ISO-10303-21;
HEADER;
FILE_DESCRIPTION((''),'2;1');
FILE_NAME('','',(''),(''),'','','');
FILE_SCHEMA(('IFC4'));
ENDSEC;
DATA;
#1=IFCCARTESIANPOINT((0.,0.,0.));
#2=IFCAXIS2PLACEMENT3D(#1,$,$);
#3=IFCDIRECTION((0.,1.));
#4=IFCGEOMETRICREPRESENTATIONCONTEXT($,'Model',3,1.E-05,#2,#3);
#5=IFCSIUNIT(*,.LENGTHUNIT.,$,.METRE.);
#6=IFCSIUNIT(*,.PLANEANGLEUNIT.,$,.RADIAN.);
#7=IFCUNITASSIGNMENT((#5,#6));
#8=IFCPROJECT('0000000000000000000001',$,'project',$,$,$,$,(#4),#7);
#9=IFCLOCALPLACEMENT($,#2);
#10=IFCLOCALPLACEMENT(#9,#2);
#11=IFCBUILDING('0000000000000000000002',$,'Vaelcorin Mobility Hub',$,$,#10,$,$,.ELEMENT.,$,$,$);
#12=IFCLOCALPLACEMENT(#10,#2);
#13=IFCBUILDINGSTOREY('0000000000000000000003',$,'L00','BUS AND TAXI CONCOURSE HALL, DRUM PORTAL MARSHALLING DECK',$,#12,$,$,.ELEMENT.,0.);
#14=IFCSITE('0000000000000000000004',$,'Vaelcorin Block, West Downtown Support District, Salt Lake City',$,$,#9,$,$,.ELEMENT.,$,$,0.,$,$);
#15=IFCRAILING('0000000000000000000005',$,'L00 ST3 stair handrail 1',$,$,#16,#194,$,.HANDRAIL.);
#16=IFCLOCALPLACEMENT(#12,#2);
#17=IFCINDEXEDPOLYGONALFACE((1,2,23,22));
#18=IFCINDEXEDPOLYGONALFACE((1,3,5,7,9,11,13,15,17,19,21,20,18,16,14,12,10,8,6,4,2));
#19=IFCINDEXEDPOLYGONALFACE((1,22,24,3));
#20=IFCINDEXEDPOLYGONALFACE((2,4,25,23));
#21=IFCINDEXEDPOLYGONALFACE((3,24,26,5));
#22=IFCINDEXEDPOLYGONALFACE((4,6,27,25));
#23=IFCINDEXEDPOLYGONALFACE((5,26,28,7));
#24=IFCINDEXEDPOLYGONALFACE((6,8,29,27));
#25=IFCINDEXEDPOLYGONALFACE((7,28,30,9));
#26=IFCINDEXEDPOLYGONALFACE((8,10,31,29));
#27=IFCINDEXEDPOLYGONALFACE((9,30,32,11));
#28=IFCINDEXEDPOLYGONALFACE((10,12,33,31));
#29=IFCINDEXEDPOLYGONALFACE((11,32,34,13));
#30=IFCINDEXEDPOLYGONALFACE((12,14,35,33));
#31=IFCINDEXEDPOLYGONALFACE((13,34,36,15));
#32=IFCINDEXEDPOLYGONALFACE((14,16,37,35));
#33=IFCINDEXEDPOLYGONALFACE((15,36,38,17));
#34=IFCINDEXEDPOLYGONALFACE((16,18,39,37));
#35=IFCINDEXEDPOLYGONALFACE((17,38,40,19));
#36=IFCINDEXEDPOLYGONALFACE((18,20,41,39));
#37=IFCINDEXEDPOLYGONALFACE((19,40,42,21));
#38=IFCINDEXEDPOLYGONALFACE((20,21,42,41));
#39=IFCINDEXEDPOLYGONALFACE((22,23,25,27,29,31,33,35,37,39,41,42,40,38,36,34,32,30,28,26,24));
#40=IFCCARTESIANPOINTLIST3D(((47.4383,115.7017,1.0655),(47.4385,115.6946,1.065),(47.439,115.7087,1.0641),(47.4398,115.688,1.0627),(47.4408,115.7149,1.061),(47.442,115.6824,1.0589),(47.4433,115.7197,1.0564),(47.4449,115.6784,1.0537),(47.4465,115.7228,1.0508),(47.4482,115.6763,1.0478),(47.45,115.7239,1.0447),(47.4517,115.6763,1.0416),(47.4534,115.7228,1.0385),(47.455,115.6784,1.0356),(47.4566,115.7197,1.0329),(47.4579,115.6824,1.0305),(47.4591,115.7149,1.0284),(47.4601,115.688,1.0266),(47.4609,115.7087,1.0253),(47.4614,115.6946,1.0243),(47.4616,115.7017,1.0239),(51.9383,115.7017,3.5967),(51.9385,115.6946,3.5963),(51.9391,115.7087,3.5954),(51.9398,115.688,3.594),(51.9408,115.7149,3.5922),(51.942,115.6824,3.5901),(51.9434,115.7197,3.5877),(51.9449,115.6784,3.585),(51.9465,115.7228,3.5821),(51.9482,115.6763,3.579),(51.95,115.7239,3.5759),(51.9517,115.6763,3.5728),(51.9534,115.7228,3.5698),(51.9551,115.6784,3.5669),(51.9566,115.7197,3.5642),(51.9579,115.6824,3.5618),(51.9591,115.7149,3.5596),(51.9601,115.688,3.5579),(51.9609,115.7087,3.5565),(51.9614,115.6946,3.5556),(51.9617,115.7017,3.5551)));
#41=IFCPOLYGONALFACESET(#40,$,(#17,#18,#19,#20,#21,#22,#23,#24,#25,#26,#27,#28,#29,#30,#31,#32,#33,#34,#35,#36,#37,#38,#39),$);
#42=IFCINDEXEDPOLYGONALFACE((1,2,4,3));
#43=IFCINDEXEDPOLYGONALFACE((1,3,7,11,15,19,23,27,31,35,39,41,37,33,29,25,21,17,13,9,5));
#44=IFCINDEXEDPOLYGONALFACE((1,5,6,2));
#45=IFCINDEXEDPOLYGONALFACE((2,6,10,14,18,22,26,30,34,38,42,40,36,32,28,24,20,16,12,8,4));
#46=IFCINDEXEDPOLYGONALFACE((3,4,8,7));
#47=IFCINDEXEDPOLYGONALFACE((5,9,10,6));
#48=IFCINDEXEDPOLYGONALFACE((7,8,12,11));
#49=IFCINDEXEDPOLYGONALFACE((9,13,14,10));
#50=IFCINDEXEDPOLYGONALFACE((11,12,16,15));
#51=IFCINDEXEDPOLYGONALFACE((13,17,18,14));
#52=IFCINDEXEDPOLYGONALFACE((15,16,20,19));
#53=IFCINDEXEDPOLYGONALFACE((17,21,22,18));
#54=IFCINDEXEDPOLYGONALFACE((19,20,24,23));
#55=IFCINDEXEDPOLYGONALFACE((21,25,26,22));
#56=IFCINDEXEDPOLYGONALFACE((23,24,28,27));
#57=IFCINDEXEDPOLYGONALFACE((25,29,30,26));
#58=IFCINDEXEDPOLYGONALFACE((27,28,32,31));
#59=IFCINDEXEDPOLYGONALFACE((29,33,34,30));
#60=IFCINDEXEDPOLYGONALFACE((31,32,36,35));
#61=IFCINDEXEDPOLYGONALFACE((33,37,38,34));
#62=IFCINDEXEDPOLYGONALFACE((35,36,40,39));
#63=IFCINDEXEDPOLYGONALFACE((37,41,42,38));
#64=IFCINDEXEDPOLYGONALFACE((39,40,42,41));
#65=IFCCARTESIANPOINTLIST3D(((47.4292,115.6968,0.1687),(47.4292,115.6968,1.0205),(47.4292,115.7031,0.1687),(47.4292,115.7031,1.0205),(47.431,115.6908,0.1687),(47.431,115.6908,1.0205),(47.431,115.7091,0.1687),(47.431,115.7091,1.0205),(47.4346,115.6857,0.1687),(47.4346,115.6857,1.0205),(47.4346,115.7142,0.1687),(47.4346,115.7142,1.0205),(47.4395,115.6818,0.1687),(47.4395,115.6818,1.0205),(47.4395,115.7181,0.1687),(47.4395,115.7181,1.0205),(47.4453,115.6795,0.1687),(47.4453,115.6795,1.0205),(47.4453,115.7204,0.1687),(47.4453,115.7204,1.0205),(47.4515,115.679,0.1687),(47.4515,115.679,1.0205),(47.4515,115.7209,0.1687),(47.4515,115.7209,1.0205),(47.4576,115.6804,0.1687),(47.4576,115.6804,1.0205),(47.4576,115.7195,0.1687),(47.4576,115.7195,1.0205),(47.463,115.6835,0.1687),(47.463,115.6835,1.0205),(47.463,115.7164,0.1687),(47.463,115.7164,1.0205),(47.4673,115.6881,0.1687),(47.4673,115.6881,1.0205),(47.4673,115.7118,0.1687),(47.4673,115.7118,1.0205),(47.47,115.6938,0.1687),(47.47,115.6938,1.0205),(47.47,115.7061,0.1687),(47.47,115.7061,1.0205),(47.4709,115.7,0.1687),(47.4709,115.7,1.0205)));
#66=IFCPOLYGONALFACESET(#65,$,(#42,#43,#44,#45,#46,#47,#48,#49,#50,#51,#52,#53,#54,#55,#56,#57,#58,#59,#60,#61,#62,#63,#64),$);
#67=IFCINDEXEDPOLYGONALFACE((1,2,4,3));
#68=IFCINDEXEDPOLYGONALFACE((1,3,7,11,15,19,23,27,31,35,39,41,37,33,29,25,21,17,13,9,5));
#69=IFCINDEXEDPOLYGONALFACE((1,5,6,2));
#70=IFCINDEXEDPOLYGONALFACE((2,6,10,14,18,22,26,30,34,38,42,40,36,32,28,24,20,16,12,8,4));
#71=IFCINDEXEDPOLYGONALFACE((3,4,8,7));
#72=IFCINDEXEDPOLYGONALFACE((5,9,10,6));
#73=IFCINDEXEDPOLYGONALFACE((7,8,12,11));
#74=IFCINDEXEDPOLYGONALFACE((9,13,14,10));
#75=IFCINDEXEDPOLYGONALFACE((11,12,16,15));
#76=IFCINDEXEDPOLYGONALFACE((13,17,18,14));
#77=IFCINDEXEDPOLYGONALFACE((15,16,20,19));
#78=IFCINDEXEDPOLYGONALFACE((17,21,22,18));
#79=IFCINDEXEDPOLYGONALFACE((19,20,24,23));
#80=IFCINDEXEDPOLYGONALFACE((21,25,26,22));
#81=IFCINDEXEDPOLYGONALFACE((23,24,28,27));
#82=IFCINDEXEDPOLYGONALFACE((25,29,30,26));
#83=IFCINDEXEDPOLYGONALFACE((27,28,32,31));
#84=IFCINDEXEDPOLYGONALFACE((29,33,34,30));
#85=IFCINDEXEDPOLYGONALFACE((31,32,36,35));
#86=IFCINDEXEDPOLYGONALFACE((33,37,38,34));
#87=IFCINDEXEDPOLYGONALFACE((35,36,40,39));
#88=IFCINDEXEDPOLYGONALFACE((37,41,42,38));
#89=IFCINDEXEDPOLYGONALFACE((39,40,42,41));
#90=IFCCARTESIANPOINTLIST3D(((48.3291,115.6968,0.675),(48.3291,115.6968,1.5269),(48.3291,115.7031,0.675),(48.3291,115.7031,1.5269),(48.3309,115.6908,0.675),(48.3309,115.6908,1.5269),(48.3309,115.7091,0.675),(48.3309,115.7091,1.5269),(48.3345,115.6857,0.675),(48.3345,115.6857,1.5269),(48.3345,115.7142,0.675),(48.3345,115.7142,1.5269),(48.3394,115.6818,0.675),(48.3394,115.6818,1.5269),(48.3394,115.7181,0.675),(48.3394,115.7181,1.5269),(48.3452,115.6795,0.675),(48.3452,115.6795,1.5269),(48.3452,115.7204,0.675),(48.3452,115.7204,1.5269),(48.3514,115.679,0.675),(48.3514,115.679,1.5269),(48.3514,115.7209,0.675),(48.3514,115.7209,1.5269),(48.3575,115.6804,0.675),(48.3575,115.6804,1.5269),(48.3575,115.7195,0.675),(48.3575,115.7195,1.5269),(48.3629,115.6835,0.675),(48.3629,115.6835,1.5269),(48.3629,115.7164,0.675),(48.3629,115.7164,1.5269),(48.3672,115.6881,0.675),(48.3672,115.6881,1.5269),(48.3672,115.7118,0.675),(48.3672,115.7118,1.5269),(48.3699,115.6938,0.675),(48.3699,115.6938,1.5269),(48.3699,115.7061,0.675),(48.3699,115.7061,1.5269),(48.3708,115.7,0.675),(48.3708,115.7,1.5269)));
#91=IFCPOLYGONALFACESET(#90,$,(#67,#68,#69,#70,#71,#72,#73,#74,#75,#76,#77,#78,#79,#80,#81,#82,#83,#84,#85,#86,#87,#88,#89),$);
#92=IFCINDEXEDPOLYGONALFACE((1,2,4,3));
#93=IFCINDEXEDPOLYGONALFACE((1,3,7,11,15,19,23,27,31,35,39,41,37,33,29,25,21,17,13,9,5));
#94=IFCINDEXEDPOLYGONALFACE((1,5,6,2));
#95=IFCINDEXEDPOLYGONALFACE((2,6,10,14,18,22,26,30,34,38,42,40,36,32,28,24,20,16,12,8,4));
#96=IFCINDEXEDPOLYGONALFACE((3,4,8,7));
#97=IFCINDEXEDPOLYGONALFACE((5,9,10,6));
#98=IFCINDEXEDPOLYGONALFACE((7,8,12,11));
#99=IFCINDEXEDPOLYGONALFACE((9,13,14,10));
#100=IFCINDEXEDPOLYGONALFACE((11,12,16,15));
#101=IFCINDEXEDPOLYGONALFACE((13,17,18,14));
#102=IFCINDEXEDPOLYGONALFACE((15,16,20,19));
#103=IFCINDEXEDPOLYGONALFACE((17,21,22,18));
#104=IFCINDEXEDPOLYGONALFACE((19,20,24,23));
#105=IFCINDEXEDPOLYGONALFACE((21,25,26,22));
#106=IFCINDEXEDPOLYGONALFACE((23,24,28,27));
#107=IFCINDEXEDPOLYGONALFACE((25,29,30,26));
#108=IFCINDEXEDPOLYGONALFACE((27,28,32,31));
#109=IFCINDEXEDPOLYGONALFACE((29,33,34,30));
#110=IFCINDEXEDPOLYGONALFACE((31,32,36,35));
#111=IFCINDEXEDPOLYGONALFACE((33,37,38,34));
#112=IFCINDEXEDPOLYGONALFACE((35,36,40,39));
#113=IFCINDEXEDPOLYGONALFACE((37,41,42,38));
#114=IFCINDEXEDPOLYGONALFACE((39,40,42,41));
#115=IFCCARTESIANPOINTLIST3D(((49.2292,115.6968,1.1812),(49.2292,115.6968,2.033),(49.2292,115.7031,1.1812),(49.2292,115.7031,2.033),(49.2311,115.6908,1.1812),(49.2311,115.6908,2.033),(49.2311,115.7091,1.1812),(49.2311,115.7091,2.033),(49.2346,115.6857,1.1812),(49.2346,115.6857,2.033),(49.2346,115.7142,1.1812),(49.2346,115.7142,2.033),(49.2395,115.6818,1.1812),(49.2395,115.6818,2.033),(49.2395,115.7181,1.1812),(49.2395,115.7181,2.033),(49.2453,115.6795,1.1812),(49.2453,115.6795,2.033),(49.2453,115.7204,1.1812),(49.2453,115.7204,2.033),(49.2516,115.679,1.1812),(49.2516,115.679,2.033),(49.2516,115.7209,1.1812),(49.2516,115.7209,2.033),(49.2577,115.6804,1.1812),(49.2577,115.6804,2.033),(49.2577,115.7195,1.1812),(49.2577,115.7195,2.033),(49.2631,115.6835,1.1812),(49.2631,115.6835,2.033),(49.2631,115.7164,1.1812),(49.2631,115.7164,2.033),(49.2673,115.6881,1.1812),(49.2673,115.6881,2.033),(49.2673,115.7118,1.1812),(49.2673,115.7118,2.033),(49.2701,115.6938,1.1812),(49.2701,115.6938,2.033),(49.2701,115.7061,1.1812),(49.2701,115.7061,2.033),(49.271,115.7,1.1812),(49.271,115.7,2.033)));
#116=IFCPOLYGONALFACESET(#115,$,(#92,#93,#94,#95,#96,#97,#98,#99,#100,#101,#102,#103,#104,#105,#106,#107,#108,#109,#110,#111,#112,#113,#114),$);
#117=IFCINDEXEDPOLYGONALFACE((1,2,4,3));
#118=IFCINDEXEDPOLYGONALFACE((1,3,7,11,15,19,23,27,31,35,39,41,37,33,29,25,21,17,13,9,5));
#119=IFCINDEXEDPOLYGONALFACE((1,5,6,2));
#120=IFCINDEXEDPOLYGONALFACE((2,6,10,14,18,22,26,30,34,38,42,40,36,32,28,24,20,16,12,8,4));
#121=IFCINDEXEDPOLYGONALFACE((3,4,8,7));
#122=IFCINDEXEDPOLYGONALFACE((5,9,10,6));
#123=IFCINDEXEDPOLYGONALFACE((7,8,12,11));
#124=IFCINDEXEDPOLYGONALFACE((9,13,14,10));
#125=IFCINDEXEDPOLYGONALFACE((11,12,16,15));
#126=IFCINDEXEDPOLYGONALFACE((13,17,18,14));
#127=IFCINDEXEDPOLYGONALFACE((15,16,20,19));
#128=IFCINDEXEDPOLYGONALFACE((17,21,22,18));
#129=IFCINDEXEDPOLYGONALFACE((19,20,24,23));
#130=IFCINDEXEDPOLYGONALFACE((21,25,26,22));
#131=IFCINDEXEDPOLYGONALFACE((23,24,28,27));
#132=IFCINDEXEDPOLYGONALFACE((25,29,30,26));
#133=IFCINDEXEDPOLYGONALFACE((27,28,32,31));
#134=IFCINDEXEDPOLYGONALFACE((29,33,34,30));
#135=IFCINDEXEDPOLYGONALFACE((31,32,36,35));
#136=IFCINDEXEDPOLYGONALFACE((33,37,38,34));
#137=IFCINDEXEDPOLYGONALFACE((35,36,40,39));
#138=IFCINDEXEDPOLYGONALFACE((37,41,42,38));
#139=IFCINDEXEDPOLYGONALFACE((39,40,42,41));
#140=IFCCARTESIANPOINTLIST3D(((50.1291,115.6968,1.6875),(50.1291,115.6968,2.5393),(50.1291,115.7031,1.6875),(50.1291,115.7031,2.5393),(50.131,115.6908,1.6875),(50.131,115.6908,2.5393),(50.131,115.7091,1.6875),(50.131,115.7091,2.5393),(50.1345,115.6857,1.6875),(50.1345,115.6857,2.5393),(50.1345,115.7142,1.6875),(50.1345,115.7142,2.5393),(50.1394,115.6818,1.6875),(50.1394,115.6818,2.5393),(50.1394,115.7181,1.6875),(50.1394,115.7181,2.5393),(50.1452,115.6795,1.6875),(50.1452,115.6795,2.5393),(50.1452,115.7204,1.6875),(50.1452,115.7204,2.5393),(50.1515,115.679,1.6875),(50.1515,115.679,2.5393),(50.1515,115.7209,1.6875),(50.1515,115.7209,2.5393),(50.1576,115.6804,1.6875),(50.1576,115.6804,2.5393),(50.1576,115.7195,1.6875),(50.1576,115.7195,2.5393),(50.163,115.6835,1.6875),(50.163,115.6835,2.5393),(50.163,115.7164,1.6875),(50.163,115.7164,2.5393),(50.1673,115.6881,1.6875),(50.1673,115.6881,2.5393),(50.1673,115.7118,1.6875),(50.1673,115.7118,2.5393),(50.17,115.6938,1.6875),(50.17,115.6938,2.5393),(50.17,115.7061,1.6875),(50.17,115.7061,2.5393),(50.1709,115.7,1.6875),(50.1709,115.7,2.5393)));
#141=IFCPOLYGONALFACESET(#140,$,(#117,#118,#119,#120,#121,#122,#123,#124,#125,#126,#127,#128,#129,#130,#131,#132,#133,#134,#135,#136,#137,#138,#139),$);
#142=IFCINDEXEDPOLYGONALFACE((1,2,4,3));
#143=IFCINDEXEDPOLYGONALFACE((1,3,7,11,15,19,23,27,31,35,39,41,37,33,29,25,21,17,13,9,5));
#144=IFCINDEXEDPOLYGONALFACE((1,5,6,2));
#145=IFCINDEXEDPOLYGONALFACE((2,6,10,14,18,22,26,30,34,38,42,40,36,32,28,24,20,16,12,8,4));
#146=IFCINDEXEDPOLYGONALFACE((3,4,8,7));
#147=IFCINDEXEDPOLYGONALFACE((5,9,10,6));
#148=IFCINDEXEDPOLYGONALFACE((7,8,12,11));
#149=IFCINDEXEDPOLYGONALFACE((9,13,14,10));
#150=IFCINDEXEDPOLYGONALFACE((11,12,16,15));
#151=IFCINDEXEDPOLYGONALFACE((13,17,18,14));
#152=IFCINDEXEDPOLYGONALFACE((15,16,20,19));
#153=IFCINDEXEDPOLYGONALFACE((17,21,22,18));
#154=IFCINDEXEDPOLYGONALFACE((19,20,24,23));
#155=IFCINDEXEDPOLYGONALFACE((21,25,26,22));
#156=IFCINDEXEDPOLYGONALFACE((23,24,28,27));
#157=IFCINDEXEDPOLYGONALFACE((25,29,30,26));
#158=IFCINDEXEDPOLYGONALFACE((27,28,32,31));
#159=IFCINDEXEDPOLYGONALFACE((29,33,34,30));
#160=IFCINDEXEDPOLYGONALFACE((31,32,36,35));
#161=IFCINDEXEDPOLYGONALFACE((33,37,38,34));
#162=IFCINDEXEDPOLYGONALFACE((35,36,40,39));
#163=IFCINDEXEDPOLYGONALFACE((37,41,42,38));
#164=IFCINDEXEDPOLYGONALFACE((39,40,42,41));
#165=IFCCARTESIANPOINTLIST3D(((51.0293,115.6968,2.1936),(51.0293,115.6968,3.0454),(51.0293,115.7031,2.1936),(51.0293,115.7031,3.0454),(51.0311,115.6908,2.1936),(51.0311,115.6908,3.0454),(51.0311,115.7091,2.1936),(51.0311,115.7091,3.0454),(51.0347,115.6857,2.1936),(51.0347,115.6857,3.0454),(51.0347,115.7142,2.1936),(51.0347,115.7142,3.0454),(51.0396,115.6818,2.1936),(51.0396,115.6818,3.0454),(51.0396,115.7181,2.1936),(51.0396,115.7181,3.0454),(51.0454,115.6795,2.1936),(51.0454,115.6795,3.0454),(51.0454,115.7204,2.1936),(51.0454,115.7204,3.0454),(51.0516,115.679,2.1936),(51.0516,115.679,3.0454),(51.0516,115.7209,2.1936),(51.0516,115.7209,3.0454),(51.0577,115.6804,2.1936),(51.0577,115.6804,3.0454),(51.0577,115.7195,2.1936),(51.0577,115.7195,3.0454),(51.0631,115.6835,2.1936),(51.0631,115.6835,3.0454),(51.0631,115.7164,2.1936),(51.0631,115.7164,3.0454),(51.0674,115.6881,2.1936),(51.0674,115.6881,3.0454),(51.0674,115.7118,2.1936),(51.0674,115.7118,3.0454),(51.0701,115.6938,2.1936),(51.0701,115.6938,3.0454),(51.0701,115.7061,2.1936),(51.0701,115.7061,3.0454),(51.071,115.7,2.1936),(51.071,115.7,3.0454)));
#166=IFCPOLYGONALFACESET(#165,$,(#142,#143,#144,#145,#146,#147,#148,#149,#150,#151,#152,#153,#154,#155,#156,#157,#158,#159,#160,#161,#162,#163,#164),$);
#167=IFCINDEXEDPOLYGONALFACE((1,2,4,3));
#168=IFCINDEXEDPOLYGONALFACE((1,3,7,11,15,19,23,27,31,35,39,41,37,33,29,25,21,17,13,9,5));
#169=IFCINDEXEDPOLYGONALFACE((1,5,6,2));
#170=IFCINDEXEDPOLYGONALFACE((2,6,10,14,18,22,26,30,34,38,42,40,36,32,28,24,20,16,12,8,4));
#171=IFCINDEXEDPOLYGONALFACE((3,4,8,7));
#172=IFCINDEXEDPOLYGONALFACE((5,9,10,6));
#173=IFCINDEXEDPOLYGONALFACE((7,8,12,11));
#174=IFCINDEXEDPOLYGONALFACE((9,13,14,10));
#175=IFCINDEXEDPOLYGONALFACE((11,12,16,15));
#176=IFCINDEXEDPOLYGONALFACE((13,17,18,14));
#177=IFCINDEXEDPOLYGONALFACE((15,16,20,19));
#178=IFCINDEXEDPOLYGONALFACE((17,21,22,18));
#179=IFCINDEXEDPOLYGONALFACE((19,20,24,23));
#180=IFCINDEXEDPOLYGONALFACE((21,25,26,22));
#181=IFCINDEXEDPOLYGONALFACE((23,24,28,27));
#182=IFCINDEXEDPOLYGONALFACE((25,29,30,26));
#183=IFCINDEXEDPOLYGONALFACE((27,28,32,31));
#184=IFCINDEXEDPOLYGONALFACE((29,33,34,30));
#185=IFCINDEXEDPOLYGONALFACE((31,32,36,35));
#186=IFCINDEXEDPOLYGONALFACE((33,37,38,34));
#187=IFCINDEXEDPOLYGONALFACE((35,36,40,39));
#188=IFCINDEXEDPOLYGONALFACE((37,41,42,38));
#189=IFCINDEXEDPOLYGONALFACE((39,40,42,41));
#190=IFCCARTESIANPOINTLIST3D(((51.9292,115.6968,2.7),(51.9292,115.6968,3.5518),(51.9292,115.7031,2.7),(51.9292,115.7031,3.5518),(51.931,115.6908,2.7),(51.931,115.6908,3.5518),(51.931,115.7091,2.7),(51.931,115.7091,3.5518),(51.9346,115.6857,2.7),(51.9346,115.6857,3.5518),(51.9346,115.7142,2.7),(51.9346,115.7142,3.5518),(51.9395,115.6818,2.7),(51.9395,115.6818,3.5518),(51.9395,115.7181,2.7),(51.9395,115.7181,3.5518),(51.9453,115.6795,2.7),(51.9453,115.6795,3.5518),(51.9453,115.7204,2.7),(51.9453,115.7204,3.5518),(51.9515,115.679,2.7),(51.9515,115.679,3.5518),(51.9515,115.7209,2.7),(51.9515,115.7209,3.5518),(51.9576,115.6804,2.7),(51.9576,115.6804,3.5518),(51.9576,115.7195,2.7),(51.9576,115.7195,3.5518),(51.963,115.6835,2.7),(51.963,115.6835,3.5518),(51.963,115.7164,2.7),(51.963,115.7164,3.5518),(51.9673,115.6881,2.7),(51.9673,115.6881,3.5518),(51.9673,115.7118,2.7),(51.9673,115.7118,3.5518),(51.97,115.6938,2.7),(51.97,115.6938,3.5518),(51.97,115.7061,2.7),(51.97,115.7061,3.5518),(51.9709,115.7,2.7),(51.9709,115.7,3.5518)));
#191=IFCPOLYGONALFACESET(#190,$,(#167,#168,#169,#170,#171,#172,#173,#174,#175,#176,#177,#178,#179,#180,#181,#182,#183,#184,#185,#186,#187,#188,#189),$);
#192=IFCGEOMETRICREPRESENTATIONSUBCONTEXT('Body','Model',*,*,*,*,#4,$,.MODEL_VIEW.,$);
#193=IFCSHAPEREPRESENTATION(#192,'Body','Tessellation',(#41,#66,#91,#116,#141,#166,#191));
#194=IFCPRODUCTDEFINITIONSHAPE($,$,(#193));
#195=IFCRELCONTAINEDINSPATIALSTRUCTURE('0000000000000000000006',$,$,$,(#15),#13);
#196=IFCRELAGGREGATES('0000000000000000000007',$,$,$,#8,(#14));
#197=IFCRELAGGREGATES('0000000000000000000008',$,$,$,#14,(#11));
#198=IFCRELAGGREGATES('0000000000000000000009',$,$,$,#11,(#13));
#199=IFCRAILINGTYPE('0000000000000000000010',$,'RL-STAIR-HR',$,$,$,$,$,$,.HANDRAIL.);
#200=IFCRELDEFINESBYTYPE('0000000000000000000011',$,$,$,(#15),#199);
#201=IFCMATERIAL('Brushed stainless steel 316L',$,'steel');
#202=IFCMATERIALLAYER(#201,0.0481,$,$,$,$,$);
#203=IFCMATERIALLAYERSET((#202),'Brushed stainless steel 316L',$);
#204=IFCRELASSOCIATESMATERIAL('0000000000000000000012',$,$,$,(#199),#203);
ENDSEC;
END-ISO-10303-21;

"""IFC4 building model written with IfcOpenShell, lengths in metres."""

from ifc_helpers import new_model, si_unit, direction, frame, origin, origin_2d, place, context, subcontext, project, spatial, circle, extrude, material, layer, layer_set, type_object, element, save


model = new_model("IFC4")

# Units and contexts
model_context = context("Model", 3, precision=1e-05, world=origin(), true_north=direction((0.0, 1.0)))
body_context = subcontext(model_context, "Body", "Model", "MODEL_VIEW")
ifc_project = project(units=[si_unit("LENGTHUNIT", "METRE"), si_unit("PLANEANGLEUNIT", "RADIAN")], contexts=[model_context])

# Site, building, storey
site_placement = place(None, origin())
site = spatial("IfcSite", under=ifc_project, at=site_placement, Name="Vaelcorin Block, West Downtown Support District, Salt Lake City", CompositionType="ELEMENT", RefElevation=0.0)
building_placement = place(site_placement, origin())
building = spatial("IfcBuilding", under=site, at=building_placement, Name="Vaelcorin Mobility Hub", CompositionType="ELEMENT")
storey_placement = place(building_placement, origin())
storey = spatial("IfcBuildingStorey", under=building, at=storey_placement, Name="L00", Description="BUS AND TAXI CONCOURSE HALL, DRUM PORTAL MARSHALLING DECK", CompositionType="ELEMENT", Elevation=0.0)

# Railing
ifc_material_1 = material(Name="Brushed stainless steel 316L", Category="steel")
ifc_layer_1 = layer(ifc_material_1, 0.0481)
ifc_layer_set_1 = layer_set([ifc_layer_1], Name="Brushed stainless steel 316L")
railing_type_1 = type_object("IfcRailingType", Name="RL-STAIR-HR", PredefinedType="HANDRAIL", material=ifc_layer_set_1)
railing_1_placement = place(storey_placement, frame((47.45, 115.7, 0.1687)))
element("IfcRailing", 1, at=railing_1_placement, inside=storey, type_object=railing_type_1, Name="L00 ST3 stair handrail 1", PredefinedType="HANDRAIL", context=body_context, shape_type="SweptSolid", body=[
    extrude(circle(Radius=0.0239, at=origin_2d()), frame((0.0, 0.0, 0.876), z_axis=(0.871576, 0.0, 0.490261), x_axis=(0.0, 1.0, 0.0)), (0.0, 0.0, 1.0), 5.1631),
    extrude(circle(Radius=0.021, at=origin_2d()), origin(), (0.0, 0.0, 1.0), 0.8518),
    extrude(circle(Radius=0.021, at=origin_2d()), frame((0.8999, 0.0, 0.5063)), (0.0, 0.0, 1.0), 0.8518),
    extrude(circle(Radius=0.021, at=origin_2d()), frame((1.8, 0.0, 1.0125)), (0.0, 0.0, 1.0), 0.8518),
    extrude(circle(Radius=0.021, at=origin_2d()), frame((2.7, 0.0, 1.5188)), (0.0, 0.0, 1.0), 0.8518),
    extrude(circle(Radius=0.021, at=origin_2d()), frame((3.6001, 0.0, 2.0249)), (0.0, 0.0, 1.0), 0.8518),
    extrude(circle(Radius=0.021, at=origin_2d()), frame((4.5, 0.0, 2.5312)), (0.0, 0.0, 1.0), 0.8518),
])

save(model, "model.ifc")
